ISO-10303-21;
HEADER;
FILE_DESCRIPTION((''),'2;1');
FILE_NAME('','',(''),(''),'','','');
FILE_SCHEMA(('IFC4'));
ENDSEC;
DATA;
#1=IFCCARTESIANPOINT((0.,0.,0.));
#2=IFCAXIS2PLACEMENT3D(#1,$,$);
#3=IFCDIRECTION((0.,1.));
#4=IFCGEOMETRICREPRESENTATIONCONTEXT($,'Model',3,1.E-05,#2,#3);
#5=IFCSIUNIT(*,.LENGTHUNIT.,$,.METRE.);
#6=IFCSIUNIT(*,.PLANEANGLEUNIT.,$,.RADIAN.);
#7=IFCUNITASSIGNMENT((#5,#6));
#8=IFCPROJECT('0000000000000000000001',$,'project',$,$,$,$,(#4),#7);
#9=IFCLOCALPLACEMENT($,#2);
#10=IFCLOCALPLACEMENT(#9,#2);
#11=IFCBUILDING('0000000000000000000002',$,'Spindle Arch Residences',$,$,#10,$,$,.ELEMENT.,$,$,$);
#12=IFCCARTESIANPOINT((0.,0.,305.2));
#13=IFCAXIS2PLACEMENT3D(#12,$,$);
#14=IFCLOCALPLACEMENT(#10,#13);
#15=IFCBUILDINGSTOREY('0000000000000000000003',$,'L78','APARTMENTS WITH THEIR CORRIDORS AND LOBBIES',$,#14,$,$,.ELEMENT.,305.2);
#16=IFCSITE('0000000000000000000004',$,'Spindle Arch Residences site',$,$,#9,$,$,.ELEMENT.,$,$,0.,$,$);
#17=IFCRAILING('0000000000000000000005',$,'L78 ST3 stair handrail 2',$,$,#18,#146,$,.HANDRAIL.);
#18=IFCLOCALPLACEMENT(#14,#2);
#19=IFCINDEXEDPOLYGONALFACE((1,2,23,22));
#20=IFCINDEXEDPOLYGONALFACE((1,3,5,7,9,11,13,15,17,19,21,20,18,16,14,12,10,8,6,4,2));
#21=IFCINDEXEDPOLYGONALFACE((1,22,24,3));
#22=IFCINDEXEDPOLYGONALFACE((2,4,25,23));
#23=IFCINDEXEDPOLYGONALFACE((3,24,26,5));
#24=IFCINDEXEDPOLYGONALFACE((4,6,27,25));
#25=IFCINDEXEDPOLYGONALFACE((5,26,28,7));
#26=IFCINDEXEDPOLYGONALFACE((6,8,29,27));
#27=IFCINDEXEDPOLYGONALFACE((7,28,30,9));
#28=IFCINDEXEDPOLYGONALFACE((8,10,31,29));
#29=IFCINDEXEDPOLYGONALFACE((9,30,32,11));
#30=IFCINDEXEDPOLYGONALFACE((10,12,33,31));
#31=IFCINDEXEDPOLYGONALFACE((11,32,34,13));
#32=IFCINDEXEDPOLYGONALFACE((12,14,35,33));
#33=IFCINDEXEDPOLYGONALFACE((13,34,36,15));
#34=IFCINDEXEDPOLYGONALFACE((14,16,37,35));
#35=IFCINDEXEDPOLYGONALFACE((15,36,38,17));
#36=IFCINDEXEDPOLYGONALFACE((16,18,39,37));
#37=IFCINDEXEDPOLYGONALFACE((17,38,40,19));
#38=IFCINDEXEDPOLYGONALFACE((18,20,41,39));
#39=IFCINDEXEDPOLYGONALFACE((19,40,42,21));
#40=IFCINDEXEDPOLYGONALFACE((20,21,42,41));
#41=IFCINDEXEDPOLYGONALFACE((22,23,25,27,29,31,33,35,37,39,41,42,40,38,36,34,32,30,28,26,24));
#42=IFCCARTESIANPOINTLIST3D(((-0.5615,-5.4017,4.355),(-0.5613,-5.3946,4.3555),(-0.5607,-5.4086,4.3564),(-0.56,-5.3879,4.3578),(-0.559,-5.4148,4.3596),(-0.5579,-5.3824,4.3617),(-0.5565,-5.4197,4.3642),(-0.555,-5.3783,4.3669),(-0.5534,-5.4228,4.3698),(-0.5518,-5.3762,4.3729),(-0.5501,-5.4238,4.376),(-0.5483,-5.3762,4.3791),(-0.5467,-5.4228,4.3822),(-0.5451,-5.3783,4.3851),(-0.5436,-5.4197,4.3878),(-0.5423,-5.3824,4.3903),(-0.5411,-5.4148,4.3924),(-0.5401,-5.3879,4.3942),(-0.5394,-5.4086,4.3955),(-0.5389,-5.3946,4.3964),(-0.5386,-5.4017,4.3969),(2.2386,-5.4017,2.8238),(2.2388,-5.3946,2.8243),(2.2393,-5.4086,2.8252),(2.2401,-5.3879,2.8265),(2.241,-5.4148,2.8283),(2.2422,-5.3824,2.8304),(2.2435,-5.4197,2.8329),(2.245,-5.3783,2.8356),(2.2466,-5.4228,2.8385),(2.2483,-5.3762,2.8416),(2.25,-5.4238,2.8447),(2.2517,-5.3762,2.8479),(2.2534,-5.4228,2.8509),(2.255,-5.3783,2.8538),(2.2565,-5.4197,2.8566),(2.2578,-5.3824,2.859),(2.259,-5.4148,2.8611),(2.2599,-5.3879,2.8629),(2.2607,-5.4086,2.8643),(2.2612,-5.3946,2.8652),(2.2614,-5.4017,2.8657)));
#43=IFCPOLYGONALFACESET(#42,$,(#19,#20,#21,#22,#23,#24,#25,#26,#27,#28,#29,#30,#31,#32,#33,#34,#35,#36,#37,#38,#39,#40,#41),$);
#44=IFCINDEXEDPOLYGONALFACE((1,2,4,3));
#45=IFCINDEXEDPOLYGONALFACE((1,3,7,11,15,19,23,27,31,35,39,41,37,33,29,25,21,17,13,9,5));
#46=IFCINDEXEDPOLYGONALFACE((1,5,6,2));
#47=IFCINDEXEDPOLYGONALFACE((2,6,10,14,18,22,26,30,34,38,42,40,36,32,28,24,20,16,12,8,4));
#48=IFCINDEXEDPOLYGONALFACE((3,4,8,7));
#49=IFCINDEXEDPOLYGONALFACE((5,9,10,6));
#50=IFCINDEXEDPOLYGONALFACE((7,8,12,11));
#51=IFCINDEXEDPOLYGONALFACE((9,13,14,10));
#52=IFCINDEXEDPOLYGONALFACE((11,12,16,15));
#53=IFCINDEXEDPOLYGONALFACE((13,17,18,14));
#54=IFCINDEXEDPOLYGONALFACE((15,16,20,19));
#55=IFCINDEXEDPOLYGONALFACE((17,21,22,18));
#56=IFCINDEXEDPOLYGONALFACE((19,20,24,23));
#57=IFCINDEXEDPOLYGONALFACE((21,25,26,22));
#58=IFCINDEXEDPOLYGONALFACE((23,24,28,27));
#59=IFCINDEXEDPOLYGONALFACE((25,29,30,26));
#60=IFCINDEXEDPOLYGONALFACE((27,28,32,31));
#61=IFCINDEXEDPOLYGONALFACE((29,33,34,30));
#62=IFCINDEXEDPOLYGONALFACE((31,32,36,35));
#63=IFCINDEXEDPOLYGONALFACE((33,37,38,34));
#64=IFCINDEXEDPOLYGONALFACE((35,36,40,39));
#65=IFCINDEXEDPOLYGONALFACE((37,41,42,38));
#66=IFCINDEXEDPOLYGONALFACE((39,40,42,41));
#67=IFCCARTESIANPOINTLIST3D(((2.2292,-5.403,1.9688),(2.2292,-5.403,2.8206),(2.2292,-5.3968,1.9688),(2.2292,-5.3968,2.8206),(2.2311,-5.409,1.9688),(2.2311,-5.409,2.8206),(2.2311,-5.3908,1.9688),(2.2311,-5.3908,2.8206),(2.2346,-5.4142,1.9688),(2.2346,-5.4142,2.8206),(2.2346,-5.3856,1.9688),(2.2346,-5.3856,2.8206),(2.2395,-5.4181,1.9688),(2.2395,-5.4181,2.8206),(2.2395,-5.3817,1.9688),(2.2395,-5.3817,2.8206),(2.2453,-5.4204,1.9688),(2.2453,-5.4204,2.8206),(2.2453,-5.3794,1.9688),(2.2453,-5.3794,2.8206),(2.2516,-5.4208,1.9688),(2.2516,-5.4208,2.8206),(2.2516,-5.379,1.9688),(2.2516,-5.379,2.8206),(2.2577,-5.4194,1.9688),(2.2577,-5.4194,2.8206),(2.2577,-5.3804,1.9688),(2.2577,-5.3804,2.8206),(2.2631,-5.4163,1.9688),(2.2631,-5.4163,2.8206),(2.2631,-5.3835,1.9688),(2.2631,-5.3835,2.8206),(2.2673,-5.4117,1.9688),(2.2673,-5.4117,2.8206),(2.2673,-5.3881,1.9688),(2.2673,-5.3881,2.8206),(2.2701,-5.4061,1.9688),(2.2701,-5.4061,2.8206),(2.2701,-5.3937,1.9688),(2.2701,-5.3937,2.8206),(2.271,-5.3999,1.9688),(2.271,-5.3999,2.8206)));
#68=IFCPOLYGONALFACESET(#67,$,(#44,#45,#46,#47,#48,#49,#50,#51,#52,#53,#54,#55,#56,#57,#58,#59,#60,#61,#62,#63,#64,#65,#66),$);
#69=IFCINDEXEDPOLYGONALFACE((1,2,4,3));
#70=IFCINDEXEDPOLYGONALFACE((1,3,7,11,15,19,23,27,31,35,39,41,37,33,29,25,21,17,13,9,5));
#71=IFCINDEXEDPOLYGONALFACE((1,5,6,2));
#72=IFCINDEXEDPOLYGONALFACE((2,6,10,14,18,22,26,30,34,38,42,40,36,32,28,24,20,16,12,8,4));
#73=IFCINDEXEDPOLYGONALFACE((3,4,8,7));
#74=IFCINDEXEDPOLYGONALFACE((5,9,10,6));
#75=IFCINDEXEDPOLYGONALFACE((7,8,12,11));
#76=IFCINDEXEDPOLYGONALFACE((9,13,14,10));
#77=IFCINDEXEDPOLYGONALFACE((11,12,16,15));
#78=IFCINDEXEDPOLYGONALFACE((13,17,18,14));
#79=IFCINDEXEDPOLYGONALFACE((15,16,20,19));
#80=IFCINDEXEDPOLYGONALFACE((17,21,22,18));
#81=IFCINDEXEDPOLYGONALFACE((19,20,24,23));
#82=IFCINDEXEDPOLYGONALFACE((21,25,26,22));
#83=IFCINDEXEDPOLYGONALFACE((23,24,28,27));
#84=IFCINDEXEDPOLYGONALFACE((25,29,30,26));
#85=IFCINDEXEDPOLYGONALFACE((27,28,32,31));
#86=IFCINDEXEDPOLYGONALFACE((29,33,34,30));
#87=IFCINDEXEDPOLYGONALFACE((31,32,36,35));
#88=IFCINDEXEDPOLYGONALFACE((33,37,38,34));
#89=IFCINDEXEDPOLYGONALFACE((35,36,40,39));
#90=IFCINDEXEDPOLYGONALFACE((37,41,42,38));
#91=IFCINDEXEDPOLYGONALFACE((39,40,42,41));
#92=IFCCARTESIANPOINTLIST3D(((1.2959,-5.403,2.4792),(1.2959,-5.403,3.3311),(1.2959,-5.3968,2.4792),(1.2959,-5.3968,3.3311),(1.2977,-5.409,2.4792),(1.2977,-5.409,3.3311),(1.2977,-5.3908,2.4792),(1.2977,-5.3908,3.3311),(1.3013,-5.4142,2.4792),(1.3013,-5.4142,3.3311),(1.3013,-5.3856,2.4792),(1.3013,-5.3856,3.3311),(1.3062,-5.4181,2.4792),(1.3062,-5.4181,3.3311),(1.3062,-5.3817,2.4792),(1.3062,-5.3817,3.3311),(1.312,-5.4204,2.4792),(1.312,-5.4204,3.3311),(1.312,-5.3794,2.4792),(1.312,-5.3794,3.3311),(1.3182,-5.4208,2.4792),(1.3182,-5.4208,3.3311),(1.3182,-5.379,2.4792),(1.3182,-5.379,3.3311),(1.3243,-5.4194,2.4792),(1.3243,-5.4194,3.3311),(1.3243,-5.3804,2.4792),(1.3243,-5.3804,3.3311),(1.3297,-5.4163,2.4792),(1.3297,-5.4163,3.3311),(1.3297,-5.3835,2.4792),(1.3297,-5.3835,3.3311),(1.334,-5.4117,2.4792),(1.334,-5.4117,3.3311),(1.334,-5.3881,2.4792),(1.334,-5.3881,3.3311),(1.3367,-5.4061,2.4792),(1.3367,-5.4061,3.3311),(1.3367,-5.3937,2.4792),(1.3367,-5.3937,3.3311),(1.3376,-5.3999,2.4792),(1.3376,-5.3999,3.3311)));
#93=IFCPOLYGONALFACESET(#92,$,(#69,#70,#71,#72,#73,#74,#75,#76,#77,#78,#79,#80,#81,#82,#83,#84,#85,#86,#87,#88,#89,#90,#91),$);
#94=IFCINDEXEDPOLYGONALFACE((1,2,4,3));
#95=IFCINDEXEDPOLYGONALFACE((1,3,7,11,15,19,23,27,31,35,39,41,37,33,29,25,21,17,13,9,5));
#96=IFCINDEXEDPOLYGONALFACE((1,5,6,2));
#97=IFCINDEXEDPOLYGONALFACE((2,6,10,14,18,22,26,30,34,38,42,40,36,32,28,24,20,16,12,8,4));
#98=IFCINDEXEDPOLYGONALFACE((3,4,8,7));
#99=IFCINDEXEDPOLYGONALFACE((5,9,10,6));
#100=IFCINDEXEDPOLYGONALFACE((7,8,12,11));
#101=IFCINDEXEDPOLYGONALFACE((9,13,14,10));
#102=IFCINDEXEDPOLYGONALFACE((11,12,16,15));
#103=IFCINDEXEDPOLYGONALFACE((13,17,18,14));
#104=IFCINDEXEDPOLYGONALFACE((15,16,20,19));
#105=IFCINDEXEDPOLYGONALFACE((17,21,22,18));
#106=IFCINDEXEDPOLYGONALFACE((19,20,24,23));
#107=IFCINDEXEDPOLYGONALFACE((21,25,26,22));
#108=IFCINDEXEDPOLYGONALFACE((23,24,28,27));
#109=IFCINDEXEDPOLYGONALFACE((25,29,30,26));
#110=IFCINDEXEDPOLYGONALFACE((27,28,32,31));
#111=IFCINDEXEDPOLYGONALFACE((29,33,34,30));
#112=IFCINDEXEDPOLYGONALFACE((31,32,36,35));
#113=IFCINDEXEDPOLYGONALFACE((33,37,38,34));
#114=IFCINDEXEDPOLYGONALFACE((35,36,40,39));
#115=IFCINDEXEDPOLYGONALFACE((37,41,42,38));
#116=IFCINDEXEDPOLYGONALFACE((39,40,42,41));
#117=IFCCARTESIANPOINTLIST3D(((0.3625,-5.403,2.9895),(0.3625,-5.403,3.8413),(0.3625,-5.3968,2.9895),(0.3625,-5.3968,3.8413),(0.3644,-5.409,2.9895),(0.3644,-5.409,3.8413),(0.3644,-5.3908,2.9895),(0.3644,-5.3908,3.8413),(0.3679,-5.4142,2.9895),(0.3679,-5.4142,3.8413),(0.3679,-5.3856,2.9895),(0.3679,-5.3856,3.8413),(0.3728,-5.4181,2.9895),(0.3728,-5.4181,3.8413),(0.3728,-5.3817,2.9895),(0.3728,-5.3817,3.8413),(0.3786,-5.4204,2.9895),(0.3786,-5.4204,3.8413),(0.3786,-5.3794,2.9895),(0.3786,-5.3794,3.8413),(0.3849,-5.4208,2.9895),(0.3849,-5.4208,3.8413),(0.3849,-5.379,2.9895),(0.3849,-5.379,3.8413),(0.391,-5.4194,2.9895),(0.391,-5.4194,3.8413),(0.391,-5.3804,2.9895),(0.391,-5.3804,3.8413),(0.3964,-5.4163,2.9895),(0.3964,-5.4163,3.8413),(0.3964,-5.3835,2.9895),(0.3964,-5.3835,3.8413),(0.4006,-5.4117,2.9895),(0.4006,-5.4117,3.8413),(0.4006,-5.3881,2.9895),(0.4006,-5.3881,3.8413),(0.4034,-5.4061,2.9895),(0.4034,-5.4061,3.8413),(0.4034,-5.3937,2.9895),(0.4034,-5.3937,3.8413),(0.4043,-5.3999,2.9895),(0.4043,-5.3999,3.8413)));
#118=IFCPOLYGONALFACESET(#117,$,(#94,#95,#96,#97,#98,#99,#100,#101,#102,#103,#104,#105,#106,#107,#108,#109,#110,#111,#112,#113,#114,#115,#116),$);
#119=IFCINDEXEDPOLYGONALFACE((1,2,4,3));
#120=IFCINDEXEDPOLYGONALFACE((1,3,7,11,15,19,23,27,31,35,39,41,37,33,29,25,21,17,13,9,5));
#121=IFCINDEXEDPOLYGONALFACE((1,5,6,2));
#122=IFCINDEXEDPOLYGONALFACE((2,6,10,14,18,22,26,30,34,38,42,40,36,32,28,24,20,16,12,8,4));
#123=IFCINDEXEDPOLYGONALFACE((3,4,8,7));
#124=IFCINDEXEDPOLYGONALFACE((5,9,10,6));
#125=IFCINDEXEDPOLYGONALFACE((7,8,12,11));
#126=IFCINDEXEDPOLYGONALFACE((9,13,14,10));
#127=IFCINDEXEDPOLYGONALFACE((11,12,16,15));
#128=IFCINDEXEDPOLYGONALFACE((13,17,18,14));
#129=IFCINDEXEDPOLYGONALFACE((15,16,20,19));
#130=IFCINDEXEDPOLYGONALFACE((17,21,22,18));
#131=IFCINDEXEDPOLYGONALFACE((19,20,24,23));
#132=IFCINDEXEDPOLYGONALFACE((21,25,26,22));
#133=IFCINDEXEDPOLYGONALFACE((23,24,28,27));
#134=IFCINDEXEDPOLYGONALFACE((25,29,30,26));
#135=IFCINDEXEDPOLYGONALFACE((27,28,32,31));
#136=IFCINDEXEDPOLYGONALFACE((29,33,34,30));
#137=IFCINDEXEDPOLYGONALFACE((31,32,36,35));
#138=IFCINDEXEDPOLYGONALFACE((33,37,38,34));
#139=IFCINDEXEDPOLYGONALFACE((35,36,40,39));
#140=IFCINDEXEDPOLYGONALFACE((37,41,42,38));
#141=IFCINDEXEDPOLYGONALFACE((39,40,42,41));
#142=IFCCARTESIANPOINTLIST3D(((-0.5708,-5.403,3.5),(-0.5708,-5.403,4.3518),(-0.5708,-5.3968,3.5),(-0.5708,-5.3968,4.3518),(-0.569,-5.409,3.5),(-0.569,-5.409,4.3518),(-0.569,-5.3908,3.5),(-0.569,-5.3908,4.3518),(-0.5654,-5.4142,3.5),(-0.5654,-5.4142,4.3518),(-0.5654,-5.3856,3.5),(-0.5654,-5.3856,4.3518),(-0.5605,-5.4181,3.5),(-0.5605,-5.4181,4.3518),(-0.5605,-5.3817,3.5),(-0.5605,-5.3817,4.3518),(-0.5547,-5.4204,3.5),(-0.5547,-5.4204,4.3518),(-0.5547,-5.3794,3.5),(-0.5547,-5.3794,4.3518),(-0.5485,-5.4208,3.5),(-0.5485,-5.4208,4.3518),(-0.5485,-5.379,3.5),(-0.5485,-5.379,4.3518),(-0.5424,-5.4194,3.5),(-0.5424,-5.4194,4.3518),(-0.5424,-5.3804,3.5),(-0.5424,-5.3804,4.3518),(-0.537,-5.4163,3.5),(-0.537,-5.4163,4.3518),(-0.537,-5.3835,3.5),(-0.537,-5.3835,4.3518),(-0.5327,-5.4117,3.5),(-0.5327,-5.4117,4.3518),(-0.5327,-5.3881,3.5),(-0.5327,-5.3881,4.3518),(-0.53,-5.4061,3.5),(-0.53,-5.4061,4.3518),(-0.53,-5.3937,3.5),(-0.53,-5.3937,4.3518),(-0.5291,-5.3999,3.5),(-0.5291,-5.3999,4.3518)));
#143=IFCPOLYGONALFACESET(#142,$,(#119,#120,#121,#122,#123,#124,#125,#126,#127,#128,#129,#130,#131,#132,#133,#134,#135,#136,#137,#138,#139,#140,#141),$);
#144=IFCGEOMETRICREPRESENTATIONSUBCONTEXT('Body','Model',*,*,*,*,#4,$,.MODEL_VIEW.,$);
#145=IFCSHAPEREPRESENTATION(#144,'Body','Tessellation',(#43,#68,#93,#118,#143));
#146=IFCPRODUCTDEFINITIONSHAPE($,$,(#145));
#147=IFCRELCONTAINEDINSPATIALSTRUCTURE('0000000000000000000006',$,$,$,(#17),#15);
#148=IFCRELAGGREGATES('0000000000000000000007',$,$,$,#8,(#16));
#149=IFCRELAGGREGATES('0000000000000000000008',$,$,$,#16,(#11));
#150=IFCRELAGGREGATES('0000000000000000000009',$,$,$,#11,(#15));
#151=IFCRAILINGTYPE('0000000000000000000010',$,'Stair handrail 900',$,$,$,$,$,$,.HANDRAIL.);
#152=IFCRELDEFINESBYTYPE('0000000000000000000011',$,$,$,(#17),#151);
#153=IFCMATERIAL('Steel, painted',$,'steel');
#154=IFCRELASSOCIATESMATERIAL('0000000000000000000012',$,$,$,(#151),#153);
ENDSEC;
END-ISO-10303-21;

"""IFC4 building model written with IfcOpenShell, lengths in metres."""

from ifc_helpers import new_model, si_unit, direction, frame, origin, origin_2d, place, context, subcontext, project, spatial, circle, extrude, material, type_object, element, save


model = new_model("IFC4")

# Units and contexts
model_context = context("Model", 3, precision=1e-05, world=origin(), true_north=direction((0.0, 1.0)))
body_context = subcontext(model_context, "Body", "Model", "MODEL_VIEW")
ifc_project = project(units=[si_unit("LENGTHUNIT", "METRE"), si_unit("PLANEANGLEUNIT", "RADIAN")], contexts=[model_context])

# Site, building, storey
site_placement = place(None, origin())
site = spatial("IfcSite", under=ifc_project, at=site_placement, Name="Spindle Arch Residences site", CompositionType="ELEMENT", RefElevation=0.0)
building_placement = place(site_placement, origin())
building = spatial("IfcBuilding", under=site, at=building_placement, Name="Spindle Arch Residences", CompositionType="ELEMENT")
storey_placement = place(building_placement, frame((0.0, 0.0, 305.2)))
storey = spatial("IfcBuildingStorey", under=building, at=storey_placement, Name="L78", Description="APARTMENTS WITH THEIR CORRIDORS AND LOBBIES", CompositionType="ELEMENT", Elevation=305.2)

# Railing
ifc_material_1 = material(Name="Steel, painted", Category="steel")
railing_type = type_object("IfcRailingType", Name="Stair handrail 900", PredefinedType="HANDRAIL", material=ifc_material_1)
railing_placement = place(storey_placement, frame((2.25, -5.3999, 1.9688)))
element("IfcRailing", 1, at=railing_placement, inside=storey, type_object=railing_type, Name="L78 ST3 stair handrail 2", PredefinedType="HANDRAIL", context=body_context, shape_type="SweptSolid", body=[
    extrude(circle(Radius=0.0239, at=origin_2d()), frame((0.0, 0.0, 0.876), z_axis=(-0.877375, 0.0, 0.479806), x_axis=(0.0, -1.0, 0.0)), (0.0, 0.0, 1.0), 3.1914),
    extrude(circle(Radius=0.021, at=origin_2d()), origin(), (0.0, 0.0, 1.0), 0.8518),
    extrude(circle(Radius=0.021, at=origin_2d()), frame((-0.9333, 0.0, 0.5105)), (0.0, 0.0, 1.0), 0.8518),
    extrude(circle(Radius=0.021, at=origin_2d()), frame((-1.8667, 0.0, 1.0208)), (0.0, 0.0, 1.0), 0.8518),
    extrude(circle(Radius=0.021, at=origin_2d()), frame((-2.8, 0.0, 1.5312)), (0.0, 0.0, 1.0), 0.8518),
])

save(model, "model.ifc")
